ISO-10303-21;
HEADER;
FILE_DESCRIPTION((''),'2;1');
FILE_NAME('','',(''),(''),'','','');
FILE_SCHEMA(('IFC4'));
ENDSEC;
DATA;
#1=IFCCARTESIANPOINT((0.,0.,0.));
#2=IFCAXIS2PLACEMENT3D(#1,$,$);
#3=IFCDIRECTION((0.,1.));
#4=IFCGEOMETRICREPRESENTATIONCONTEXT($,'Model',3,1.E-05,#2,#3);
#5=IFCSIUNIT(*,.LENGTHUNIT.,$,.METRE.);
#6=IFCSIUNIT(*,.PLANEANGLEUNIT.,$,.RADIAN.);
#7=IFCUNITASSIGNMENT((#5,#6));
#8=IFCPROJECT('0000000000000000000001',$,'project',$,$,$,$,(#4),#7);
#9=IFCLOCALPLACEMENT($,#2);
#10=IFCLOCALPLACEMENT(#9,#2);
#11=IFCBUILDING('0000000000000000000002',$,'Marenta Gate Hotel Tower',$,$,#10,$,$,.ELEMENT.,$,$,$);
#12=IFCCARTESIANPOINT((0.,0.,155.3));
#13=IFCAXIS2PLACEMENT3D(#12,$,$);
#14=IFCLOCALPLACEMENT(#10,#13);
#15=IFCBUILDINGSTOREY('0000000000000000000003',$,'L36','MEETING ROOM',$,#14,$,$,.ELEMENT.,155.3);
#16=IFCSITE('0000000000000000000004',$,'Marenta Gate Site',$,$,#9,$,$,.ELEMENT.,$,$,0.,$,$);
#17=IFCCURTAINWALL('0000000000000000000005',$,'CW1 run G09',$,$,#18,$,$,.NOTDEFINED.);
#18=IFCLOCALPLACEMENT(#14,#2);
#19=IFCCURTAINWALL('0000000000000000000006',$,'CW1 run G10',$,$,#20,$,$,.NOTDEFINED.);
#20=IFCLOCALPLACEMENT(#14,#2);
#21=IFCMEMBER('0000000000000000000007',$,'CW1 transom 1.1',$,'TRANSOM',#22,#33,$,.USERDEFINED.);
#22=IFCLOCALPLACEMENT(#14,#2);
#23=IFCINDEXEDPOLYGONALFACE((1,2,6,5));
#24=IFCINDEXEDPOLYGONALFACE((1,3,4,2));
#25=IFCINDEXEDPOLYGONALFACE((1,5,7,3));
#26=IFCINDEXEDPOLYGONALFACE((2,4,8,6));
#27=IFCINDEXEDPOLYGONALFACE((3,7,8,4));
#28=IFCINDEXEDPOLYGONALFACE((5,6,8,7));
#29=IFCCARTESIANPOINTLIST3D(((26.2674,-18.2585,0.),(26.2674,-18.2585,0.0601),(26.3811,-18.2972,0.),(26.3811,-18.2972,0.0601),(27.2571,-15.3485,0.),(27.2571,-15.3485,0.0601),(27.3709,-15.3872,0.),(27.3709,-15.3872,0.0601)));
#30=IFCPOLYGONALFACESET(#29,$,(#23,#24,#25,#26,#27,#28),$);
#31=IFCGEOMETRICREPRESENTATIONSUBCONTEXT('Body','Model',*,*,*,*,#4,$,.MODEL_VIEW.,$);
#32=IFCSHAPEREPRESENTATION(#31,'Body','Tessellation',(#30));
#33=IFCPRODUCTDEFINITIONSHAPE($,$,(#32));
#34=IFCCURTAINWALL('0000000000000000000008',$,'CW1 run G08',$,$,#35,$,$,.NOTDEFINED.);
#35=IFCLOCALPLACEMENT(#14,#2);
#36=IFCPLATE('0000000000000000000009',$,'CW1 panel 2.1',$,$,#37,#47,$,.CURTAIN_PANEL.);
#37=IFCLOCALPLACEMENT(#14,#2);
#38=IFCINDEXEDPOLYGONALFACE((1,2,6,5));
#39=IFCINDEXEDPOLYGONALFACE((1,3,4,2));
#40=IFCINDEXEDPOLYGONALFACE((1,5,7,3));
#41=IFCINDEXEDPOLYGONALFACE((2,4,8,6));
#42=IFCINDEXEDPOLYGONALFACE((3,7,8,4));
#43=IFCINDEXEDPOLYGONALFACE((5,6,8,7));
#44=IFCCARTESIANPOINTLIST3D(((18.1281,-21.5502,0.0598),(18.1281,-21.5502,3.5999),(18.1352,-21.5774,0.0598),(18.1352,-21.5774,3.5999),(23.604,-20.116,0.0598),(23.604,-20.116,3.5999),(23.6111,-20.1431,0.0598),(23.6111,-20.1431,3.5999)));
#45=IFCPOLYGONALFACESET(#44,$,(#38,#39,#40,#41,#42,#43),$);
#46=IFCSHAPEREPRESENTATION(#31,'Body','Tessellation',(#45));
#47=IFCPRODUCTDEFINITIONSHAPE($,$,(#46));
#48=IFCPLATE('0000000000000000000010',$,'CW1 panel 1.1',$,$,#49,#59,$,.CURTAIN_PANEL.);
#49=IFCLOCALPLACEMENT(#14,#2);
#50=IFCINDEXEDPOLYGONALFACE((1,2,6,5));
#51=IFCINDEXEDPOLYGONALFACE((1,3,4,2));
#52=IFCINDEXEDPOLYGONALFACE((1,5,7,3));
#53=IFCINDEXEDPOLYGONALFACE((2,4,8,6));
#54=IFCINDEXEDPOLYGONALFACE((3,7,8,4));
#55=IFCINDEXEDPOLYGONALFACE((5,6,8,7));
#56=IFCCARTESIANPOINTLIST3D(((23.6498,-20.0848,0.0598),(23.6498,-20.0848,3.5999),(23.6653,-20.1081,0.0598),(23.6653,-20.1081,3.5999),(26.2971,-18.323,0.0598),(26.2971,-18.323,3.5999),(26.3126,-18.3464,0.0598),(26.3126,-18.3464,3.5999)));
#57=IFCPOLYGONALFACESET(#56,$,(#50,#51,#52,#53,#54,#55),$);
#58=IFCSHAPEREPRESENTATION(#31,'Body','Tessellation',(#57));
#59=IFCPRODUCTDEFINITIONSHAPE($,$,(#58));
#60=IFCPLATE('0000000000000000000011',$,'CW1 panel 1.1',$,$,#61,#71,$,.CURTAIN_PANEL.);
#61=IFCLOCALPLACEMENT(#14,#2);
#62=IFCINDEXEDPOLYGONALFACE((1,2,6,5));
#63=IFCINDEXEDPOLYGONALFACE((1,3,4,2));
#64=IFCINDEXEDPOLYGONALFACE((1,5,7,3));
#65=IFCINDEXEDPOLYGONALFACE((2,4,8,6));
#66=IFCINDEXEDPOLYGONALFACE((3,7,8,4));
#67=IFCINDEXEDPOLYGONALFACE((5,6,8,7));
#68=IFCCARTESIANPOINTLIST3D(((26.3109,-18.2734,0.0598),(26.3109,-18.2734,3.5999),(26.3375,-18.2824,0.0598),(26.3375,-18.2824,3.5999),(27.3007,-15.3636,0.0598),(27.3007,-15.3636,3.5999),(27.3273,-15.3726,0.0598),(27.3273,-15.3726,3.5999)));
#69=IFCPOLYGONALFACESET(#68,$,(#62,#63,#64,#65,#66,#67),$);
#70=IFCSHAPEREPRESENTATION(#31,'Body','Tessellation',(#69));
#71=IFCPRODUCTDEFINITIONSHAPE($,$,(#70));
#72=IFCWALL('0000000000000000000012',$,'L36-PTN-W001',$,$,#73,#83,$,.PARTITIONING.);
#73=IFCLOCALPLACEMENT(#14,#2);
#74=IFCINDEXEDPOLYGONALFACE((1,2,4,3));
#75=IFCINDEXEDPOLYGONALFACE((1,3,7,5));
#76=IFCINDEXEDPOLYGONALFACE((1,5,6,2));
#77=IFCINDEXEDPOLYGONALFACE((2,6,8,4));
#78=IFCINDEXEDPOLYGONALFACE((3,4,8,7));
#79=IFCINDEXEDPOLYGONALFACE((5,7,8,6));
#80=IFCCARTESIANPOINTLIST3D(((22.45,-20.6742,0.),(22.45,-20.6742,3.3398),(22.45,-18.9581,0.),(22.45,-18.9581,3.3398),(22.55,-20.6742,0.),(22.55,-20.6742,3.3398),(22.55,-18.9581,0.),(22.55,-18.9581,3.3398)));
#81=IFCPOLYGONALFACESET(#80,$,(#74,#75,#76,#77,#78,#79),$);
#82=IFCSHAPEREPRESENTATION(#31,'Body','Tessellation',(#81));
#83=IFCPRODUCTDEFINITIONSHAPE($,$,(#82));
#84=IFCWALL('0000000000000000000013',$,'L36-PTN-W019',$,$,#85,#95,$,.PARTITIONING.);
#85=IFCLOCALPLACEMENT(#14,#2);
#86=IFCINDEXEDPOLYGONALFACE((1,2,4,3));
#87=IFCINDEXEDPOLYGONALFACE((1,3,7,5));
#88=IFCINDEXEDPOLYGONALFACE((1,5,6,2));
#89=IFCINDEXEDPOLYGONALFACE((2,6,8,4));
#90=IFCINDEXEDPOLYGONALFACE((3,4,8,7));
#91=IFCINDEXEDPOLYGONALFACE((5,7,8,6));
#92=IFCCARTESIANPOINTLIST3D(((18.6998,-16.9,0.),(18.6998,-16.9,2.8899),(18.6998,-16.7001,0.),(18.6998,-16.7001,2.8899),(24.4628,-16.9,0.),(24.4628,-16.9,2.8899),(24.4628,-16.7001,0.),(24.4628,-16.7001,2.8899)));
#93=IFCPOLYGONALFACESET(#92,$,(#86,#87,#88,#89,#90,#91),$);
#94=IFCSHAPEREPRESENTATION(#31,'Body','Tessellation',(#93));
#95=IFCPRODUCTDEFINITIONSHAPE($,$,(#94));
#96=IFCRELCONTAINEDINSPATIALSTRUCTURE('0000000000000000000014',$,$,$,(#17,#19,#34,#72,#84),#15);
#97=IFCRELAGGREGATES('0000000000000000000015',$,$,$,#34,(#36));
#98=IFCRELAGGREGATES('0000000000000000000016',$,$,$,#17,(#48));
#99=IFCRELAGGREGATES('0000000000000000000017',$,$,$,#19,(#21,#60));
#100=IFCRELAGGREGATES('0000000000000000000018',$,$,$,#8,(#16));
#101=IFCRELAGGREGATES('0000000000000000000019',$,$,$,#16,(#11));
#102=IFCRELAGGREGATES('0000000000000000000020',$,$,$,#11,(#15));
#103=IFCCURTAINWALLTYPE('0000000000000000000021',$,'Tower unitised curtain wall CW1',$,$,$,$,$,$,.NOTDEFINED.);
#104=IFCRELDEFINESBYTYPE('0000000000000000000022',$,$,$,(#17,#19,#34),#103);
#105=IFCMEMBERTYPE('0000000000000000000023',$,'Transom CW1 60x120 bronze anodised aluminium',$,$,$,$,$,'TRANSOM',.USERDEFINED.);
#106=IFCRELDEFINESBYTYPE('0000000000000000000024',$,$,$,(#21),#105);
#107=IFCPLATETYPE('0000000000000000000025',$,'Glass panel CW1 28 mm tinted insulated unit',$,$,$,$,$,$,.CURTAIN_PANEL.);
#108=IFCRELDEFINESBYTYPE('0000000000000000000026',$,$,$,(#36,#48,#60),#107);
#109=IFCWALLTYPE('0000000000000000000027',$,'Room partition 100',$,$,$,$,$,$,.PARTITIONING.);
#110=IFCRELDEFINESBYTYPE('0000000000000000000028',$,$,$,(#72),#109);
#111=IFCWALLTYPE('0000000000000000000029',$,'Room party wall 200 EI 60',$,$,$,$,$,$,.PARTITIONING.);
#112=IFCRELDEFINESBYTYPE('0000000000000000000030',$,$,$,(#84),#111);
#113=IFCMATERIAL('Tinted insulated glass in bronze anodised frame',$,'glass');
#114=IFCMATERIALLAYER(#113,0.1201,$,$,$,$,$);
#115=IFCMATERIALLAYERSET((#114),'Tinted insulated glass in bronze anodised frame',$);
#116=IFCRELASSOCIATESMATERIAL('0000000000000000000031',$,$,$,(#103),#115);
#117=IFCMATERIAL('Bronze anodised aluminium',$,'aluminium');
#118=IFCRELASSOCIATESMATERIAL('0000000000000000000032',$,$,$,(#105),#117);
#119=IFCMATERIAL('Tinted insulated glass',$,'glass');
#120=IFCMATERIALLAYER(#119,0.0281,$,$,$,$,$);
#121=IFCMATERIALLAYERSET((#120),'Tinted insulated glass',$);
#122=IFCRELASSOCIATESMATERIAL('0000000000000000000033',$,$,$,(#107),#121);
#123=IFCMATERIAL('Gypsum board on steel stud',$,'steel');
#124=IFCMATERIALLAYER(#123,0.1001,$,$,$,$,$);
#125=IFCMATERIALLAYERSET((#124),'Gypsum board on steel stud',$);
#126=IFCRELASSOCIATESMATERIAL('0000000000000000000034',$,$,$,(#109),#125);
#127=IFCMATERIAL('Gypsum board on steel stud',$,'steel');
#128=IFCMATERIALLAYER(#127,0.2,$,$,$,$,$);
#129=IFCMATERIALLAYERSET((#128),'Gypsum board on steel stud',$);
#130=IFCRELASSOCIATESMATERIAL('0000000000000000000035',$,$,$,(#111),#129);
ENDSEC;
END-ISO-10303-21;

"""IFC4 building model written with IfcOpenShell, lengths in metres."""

from ifc_helpers import new_model, si_unit, direction, frame, frame_2d, origin, origin_2d, place, context, subcontext, project, spatial, rectangle, extrude, material, layer, layer_set, material_profile, profile_set, type_object, element, aggregate, save


model = new_model("IFC4")

# Units and contexts
model_context = context("Model", 3, precision=1e-05, world=origin(), true_north=direction((0.0, 1.0)))
body_context = subcontext(model_context, "Body", "Model", "MODEL_VIEW")
ifc_project = project(units=[si_unit("LENGTHUNIT", "METRE"), si_unit("PLANEANGLEUNIT", "RADIAN")], contexts=[model_context])

# Site, building, storey
site_placement = place(None, origin())
site = spatial("IfcSite", under=ifc_project, at=site_placement, Name="Marenta Gate Site", CompositionType="ELEMENT", RefElevation=0.0)
building_placement = place(site_placement, origin())
building = spatial("IfcBuilding", under=site, at=building_placement, Name="Marenta Gate Hotel Tower", CompositionType="ELEMENT")
storey_placement = place(building_placement, frame((0.0, 0.0, 155.3)))
storey = spatial("IfcBuildingStorey", under=building, at=storey_placement, Name="L36", Description="MEETING ROOM", CompositionType="ELEMENT", Elevation=155.3)

# Curtain walls
ifc_material_1 = material(Name="Tinted insulated glass in bronze anodised frame", Category="glass")
ifc_layer_1 = layer(ifc_material_1, 0.1201)
ifc_layer_set_1 = layer_set([ifc_layer_1], Name="Tinted insulated glass in bronze anodised frame")
curtain_wall_type = type_object("IfcCurtainWallType", Name="Tower unitised curtain wall CW1", PredefinedType="NOTDEFINED", material=ifc_layer_set_1)
curtain_wall_1_placement = place(storey_placement, origin())
curtain_wall_1 = element("IfcCurtainWall", 1, at=curtain_wall_1_placement, inside=storey, type_object=curtain_wall_type, Name="CW1 run G09", PredefinedType="NOTDEFINED")
curtain_wall_2_placement = place(storey_placement, origin())
curtain_wall_2 = element("IfcCurtainWall", 2, at=curtain_wall_2_placement, inside=storey, type_object=curtain_wall_type, Name="CW1 run G10", PredefinedType="NOTDEFINED")

# Member
ifc_material_2 = material(Name="Bronze anodised aluminium", Category="aluminium")
ifc_material_profile_1 = material_profile(ifc_material_2, rectangle(XDim=0.1201, YDim=0.0601, at=origin_2d()), Name="Transom CW1 60x120 bronze anodised aluminium")
ifc_profile_set_1 = profile_set([ifc_material_profile_1], Name="Bronze anodised aluminium")
member_type_1 = type_object("IfcMemberType", Name="Transom CW1 60x120 bronze anodised aluminium", ElementType="TRANSOM", PredefinedType="USERDEFINED", material=ifc_profile_set_1)
member_1_placement = place(storey_placement, frame((26.3242, -18.2778, 0.03), z_axis=(0.322012, 0.946735, 0.0), x_axis=(-0.946735, 0.322012, 0.0)))
member_1 = element("IfcMember", 3, at=member_1_placement, type_object=member_type_1, Name="CW1 transom 1.1", ObjectType="TRANSOM", PredefinedType="USERDEFINED", context=body_context, shape_type="SweptSolid", body=[
    extrude(rectangle(XDim=0.1201, YDim=0.0601, at=origin_2d()), origin(), (0.0, 0.0, 1.0), 3.0737),
])

# Curtain wall, plate
curtain_wall_3_placement = place(storey_placement, origin())
curtain_wall_3 = element("IfcCurtainWall", 4, at=curtain_wall_3_placement, inside=storey, type_object=curtain_wall_type, Name="CW1 run G08", PredefinedType="NOTDEFINED")
ifc_material_3 = material(Name="Tinted insulated glass", Category="glass")
ifc_layer_2 = layer(ifc_material_3, 0.0281)
ifc_layer_set_2 = layer_set([ifc_layer_2], Name="Tinted insulated glass")
plate_type = type_object("IfcPlateType", Name="Glass panel CW1 28 mm tinted insulated unit", PredefinedType="CURTAIN_PANEL", material=ifc_layer_set_2)
plate_1_placement = place(storey_placement, frame((20.8696, -20.8467, 0.0598), z_axis=(0.0, 0.0, 1.0), x_axis=(0.967368, 0.253374, 0.0)))
plate_1 = element("IfcPlate", 5, at=plate_1_placement, type_object=plate_type, Name="CW1 panel 2.1", PredefinedType="CURTAIN_PANEL", context=body_context, shape_type="SweptSolid", body=[
    extrude(rectangle(XDim=5.6606, YDim=0.0281, at=origin_2d()), origin(), (0.0, 0.0, 1.0), 3.54),
])
aggregate(curtain_wall_3, [plate_1])

# Plates
plate_2_placement = place(storey_placement, frame((24.9812, -19.2156, 0.0598), z_axis=(0.0, 0.0, 1.0), x_axis=(0.832506, 0.554016, 0.0)))
plate_2 = element("IfcPlate", 6, at=plate_2_placement, type_object=plate_type, Name="CW1 panel 1.1", PredefinedType="CURTAIN_PANEL", context=body_context, shape_type="SweptSolid", body=[
    extrude(rectangle(XDim=3.1799, YDim=0.0281, at=origin_2d()), origin(), (0.0, 0.0, 1.0), 3.54),
])
aggregate(curtain_wall_1, [plate_2])
plate_3_placement = place(storey_placement, frame((26.8191, -16.823, 0.0598), z_axis=(0.0, 0.0, 1.0), x_axis=(0.322033, 0.946728, 0.0)))
plate_3 = element("IfcPlate", 7, at=plate_3_placement, type_object=plate_type, Name="CW1 panel 1.1", PredefinedType="CURTAIN_PANEL", context=body_context, shape_type="SweptSolid", body=[
    extrude(rectangle(XDim=3.0735, YDim=0.0281, at=origin_2d()), origin(), (0.0, 0.0, 1.0), 3.54),
])
aggregate(curtain_wall_2, [member_1, plate_3])

# Walls
ifc_material_4 = material(Name="Gypsum board on steel stud", Category="steel")
ifc_layer_3 = layer(ifc_material_4, 0.1001)
ifc_layer_set_3 = layer_set([ifc_layer_3], Name="Gypsum board on steel stud")
wall_type_1 = type_object("IfcWallType", Name="Room partition 100", PredefinedType="PARTITIONING", material=ifc_layer_set_3)
wall_1_placement = place(storey_placement, frame((22.5, -20.6741, 0.0), z_axis=(0.0, 0.0, 1.0), x_axis=(0.0, 1.0, 0.0)))
element("IfcWall", 8, at=wall_1_placement, inside=storey, type_object=wall_type_1, Name="L36-PTN-W001", PredefinedType="PARTITIONING", context=body_context, shape_type="SweptSolid", body=[
    extrude(rectangle(XDim=1.7161, YDim=0.1001, at=frame_2d((0.8579, 0.0))), origin(), (0.0, 0.0, 1.0), 3.3398),
])
ifc_material_5 = material(Name="Gypsum board on steel stud", Category="steel")
ifc_layer_4 = layer(ifc_material_5, 0.2)
ifc_layer_set_4 = layer_set([ifc_layer_4], Name="Gypsum board on steel stud")
wall_type_2 = type_object("IfcWallType", Name="Room party wall 200 EI 60", PredefinedType="PARTITIONING", material=ifc_layer_set_4)
wall_2_placement = place(storey_placement, frame((18.7, -16.8, 0.0), z_axis=(0.0, 0.0, 1.0), x_axis=(1.0, 0.0, 0.0)))
element("IfcWall", 9, at=wall_2_placement, inside=storey, type_object=wall_type_2, Name="L36-PTN-W019", PredefinedType="PARTITIONING", context=body_context, shape_type="SweptSolid", body=[
    extrude(rectangle(XDim=5.7629, YDim=0.2, at=frame_2d((2.8813, 0.0))), origin(), (0.0, 0.0, 1.0), 2.8899),
])

save(model, "model.ifc")
